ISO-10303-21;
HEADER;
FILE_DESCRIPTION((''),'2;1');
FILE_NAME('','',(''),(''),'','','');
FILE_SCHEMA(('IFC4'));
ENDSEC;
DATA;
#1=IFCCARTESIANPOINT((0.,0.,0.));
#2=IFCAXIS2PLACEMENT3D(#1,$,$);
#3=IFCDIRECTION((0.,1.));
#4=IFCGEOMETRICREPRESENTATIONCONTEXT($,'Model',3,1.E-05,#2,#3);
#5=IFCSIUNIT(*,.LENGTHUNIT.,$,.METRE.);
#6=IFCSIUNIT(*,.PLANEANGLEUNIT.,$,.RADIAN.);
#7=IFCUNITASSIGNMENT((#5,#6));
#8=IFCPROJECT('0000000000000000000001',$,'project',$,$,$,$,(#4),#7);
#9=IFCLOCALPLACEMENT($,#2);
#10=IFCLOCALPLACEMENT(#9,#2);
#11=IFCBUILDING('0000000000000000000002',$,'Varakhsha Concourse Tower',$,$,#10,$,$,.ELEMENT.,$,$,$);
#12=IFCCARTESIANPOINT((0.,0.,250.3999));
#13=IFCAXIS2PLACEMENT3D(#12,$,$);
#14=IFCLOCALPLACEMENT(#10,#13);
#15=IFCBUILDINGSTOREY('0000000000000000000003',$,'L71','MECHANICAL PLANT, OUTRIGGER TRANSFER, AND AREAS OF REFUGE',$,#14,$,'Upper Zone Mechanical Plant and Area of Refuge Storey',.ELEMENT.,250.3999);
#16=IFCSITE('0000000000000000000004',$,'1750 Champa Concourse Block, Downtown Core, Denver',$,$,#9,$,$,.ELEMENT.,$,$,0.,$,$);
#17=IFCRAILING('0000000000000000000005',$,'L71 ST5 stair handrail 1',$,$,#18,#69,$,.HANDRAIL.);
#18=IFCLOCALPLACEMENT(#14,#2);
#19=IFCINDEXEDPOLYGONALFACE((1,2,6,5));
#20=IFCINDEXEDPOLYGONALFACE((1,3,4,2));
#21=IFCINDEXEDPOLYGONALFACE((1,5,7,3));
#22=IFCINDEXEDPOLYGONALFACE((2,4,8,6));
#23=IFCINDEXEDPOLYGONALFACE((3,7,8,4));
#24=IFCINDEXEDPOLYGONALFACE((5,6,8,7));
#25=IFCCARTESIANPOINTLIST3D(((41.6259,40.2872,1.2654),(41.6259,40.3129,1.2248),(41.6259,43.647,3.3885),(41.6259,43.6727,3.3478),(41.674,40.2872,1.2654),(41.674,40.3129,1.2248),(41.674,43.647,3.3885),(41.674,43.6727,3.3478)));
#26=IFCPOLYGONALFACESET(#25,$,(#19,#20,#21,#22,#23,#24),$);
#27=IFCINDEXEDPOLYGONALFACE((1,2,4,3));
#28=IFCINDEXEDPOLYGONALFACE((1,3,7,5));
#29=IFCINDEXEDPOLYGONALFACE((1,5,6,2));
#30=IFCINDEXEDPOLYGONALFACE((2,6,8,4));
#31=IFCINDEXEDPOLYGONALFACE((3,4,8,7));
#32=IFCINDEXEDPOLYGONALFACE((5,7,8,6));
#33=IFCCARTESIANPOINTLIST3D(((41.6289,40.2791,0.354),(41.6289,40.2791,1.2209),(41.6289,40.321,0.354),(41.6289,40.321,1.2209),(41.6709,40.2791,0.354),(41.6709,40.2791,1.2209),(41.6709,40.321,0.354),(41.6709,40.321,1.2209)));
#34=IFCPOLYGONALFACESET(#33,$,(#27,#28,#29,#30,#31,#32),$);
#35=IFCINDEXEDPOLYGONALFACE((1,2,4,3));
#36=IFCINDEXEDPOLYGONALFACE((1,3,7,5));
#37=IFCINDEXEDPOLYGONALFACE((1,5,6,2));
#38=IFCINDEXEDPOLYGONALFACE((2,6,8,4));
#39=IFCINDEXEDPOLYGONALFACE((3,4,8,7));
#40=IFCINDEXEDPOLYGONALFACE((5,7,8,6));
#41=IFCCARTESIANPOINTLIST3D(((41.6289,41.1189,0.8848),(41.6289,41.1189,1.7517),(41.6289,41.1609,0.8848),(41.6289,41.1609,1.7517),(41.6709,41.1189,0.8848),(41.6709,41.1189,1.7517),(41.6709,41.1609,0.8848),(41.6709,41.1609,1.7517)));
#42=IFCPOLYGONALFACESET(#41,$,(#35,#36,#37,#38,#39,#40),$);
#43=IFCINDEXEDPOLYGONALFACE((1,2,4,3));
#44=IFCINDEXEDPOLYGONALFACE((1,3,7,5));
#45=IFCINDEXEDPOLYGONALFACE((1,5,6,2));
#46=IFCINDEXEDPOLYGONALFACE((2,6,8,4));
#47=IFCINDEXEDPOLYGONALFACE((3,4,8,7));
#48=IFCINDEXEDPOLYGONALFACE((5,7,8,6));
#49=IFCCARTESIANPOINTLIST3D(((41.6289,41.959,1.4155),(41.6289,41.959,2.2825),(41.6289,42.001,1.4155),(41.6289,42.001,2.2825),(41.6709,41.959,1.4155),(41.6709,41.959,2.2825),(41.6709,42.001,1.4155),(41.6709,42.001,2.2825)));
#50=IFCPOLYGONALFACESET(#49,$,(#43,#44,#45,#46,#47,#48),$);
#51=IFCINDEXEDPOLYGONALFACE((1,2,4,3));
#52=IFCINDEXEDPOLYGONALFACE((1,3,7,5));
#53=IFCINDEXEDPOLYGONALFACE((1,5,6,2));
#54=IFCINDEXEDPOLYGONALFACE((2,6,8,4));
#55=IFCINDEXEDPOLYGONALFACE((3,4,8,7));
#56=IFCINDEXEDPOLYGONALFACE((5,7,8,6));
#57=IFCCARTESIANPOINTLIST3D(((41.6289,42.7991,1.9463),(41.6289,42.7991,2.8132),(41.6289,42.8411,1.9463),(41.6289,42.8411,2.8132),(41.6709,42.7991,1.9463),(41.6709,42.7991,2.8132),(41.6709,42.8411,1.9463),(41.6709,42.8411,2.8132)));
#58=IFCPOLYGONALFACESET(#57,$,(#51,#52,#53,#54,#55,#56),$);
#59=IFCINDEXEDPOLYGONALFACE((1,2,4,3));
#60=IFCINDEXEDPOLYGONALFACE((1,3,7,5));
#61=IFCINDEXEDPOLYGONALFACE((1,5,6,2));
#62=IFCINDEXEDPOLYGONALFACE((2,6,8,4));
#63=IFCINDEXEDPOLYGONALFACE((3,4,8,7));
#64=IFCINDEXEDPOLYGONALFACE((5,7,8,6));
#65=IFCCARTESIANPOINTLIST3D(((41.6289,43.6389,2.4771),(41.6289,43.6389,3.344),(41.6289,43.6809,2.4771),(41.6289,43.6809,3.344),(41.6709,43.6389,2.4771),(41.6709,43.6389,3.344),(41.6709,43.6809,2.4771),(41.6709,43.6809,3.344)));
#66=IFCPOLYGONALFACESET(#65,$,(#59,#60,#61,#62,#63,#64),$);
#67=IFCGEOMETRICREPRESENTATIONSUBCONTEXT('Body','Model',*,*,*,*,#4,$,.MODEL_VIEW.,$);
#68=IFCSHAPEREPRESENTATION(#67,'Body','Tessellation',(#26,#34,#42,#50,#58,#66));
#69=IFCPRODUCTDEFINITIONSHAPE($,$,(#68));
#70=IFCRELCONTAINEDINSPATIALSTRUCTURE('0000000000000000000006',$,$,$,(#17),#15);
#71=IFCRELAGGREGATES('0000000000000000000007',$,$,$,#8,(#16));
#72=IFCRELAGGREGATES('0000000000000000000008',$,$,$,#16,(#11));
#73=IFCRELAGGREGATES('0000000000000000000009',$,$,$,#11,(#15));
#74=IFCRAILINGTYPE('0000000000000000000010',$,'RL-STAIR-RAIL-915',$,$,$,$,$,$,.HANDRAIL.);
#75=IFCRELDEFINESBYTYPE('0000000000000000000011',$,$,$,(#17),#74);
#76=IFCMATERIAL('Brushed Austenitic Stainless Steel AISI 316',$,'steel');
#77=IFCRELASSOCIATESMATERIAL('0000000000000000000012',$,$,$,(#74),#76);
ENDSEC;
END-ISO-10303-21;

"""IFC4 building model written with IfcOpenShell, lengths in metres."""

from ifc_helpers import new_model, si_unit, direction, frame, origin, origin_2d, place, context, subcontext, project, spatial, rectangle, extrude, material, type_object, element, save


model = new_model("IFC4")

# Units and contexts
model_context = context("Model", 3, precision=1e-05, world=origin(), true_north=direction((0.0, 1.0)))
body_context = subcontext(model_context, "Body", "Model", "MODEL_VIEW")
ifc_project = project(units=[si_unit("LENGTHUNIT", "METRE"), si_unit("PLANEANGLEUNIT", "RADIAN")], contexts=[model_context])

# Site, building, storey
site_placement = place(None, origin())
site = spatial("IfcSite", under=ifc_project, at=site_placement, Name="1750 Champa Concourse Block, Downtown Core, Denver", CompositionType="ELEMENT", RefElevation=0.0)
building_placement = place(site_placement, origin())
building = spatial("IfcBuilding", under=site, at=building_placement, Name="Varakhsha Concourse Tower", CompositionType="ELEMENT")
storey_placement = place(building_placement, frame((0.0, 0.0, 250.3999)))
storey = spatial("IfcBuildingStorey", under=building, at=storey_placement, Name="L71", Description="MECHANICAL PLANT, OUTRIGGER TRANSFER, AND AREAS OF REFUGE", LongName="Upper Zone Mechanical Plant and Area of Refuge Storey", CompositionType="ELEMENT", Elevation=250.3999)

# Railing
ifc_material_1 = material(Name="Brushed Austenitic Stainless Steel AISI 316", Category="steel")
railing_type_1 = type_object("IfcRailingType", Name="RL-STAIR-RAIL-915", PredefinedType="HANDRAIL", material=ifc_material_1)
railing_1_placement = place(storey_placement, frame((41.6499, 40.3, 0.354)))
element("IfcRailing", 1, at=railing_1_placement, inside=storey, type_object=railing_type_1, Name="L71 ST5 stair handrail 1", PredefinedType="HANDRAIL", context=body_context, shape_type="SweptSolid", body=[
    extrude(rectangle(XDim=0.0481, YDim=0.0481, at=origin_2d()), frame((0.0, 0.0, 0.8911), z_axis=(0.0, 0.845372, 0.534178), x_axis=(-1.0, 0.0, 0.0)), (0.0, 0.0, 1.0), 3.9744),
    extrude(rectangle(XDim=0.042, YDim=0.042, at=origin_2d()), origin(), (0.0, 0.0, 1.0), 0.8669),
    extrude(rectangle(XDim=0.042, YDim=0.042, at=origin_2d()), frame((0.0, 0.8398, 0.5308)), (0.0, 0.0, 1.0), 0.8669),
    extrude(rectangle(XDim=0.042, YDim=0.042, at=origin_2d()), frame((0.0, 1.6799, 1.0615)), (0.0, 0.0, 1.0), 0.8669),
    extrude(rectangle(XDim=0.042, YDim=0.042, at=origin_2d()), frame((0.0, 2.52, 1.5923)), (0.0, 0.0, 1.0), 0.8669),
    extrude(rectangle(XDim=0.042, YDim=0.042, at=origin_2d()), frame((0.0, 3.3599, 2.123)), (0.0, 0.0, 1.0), 0.8669),
])

save(model, "model.ifc")
